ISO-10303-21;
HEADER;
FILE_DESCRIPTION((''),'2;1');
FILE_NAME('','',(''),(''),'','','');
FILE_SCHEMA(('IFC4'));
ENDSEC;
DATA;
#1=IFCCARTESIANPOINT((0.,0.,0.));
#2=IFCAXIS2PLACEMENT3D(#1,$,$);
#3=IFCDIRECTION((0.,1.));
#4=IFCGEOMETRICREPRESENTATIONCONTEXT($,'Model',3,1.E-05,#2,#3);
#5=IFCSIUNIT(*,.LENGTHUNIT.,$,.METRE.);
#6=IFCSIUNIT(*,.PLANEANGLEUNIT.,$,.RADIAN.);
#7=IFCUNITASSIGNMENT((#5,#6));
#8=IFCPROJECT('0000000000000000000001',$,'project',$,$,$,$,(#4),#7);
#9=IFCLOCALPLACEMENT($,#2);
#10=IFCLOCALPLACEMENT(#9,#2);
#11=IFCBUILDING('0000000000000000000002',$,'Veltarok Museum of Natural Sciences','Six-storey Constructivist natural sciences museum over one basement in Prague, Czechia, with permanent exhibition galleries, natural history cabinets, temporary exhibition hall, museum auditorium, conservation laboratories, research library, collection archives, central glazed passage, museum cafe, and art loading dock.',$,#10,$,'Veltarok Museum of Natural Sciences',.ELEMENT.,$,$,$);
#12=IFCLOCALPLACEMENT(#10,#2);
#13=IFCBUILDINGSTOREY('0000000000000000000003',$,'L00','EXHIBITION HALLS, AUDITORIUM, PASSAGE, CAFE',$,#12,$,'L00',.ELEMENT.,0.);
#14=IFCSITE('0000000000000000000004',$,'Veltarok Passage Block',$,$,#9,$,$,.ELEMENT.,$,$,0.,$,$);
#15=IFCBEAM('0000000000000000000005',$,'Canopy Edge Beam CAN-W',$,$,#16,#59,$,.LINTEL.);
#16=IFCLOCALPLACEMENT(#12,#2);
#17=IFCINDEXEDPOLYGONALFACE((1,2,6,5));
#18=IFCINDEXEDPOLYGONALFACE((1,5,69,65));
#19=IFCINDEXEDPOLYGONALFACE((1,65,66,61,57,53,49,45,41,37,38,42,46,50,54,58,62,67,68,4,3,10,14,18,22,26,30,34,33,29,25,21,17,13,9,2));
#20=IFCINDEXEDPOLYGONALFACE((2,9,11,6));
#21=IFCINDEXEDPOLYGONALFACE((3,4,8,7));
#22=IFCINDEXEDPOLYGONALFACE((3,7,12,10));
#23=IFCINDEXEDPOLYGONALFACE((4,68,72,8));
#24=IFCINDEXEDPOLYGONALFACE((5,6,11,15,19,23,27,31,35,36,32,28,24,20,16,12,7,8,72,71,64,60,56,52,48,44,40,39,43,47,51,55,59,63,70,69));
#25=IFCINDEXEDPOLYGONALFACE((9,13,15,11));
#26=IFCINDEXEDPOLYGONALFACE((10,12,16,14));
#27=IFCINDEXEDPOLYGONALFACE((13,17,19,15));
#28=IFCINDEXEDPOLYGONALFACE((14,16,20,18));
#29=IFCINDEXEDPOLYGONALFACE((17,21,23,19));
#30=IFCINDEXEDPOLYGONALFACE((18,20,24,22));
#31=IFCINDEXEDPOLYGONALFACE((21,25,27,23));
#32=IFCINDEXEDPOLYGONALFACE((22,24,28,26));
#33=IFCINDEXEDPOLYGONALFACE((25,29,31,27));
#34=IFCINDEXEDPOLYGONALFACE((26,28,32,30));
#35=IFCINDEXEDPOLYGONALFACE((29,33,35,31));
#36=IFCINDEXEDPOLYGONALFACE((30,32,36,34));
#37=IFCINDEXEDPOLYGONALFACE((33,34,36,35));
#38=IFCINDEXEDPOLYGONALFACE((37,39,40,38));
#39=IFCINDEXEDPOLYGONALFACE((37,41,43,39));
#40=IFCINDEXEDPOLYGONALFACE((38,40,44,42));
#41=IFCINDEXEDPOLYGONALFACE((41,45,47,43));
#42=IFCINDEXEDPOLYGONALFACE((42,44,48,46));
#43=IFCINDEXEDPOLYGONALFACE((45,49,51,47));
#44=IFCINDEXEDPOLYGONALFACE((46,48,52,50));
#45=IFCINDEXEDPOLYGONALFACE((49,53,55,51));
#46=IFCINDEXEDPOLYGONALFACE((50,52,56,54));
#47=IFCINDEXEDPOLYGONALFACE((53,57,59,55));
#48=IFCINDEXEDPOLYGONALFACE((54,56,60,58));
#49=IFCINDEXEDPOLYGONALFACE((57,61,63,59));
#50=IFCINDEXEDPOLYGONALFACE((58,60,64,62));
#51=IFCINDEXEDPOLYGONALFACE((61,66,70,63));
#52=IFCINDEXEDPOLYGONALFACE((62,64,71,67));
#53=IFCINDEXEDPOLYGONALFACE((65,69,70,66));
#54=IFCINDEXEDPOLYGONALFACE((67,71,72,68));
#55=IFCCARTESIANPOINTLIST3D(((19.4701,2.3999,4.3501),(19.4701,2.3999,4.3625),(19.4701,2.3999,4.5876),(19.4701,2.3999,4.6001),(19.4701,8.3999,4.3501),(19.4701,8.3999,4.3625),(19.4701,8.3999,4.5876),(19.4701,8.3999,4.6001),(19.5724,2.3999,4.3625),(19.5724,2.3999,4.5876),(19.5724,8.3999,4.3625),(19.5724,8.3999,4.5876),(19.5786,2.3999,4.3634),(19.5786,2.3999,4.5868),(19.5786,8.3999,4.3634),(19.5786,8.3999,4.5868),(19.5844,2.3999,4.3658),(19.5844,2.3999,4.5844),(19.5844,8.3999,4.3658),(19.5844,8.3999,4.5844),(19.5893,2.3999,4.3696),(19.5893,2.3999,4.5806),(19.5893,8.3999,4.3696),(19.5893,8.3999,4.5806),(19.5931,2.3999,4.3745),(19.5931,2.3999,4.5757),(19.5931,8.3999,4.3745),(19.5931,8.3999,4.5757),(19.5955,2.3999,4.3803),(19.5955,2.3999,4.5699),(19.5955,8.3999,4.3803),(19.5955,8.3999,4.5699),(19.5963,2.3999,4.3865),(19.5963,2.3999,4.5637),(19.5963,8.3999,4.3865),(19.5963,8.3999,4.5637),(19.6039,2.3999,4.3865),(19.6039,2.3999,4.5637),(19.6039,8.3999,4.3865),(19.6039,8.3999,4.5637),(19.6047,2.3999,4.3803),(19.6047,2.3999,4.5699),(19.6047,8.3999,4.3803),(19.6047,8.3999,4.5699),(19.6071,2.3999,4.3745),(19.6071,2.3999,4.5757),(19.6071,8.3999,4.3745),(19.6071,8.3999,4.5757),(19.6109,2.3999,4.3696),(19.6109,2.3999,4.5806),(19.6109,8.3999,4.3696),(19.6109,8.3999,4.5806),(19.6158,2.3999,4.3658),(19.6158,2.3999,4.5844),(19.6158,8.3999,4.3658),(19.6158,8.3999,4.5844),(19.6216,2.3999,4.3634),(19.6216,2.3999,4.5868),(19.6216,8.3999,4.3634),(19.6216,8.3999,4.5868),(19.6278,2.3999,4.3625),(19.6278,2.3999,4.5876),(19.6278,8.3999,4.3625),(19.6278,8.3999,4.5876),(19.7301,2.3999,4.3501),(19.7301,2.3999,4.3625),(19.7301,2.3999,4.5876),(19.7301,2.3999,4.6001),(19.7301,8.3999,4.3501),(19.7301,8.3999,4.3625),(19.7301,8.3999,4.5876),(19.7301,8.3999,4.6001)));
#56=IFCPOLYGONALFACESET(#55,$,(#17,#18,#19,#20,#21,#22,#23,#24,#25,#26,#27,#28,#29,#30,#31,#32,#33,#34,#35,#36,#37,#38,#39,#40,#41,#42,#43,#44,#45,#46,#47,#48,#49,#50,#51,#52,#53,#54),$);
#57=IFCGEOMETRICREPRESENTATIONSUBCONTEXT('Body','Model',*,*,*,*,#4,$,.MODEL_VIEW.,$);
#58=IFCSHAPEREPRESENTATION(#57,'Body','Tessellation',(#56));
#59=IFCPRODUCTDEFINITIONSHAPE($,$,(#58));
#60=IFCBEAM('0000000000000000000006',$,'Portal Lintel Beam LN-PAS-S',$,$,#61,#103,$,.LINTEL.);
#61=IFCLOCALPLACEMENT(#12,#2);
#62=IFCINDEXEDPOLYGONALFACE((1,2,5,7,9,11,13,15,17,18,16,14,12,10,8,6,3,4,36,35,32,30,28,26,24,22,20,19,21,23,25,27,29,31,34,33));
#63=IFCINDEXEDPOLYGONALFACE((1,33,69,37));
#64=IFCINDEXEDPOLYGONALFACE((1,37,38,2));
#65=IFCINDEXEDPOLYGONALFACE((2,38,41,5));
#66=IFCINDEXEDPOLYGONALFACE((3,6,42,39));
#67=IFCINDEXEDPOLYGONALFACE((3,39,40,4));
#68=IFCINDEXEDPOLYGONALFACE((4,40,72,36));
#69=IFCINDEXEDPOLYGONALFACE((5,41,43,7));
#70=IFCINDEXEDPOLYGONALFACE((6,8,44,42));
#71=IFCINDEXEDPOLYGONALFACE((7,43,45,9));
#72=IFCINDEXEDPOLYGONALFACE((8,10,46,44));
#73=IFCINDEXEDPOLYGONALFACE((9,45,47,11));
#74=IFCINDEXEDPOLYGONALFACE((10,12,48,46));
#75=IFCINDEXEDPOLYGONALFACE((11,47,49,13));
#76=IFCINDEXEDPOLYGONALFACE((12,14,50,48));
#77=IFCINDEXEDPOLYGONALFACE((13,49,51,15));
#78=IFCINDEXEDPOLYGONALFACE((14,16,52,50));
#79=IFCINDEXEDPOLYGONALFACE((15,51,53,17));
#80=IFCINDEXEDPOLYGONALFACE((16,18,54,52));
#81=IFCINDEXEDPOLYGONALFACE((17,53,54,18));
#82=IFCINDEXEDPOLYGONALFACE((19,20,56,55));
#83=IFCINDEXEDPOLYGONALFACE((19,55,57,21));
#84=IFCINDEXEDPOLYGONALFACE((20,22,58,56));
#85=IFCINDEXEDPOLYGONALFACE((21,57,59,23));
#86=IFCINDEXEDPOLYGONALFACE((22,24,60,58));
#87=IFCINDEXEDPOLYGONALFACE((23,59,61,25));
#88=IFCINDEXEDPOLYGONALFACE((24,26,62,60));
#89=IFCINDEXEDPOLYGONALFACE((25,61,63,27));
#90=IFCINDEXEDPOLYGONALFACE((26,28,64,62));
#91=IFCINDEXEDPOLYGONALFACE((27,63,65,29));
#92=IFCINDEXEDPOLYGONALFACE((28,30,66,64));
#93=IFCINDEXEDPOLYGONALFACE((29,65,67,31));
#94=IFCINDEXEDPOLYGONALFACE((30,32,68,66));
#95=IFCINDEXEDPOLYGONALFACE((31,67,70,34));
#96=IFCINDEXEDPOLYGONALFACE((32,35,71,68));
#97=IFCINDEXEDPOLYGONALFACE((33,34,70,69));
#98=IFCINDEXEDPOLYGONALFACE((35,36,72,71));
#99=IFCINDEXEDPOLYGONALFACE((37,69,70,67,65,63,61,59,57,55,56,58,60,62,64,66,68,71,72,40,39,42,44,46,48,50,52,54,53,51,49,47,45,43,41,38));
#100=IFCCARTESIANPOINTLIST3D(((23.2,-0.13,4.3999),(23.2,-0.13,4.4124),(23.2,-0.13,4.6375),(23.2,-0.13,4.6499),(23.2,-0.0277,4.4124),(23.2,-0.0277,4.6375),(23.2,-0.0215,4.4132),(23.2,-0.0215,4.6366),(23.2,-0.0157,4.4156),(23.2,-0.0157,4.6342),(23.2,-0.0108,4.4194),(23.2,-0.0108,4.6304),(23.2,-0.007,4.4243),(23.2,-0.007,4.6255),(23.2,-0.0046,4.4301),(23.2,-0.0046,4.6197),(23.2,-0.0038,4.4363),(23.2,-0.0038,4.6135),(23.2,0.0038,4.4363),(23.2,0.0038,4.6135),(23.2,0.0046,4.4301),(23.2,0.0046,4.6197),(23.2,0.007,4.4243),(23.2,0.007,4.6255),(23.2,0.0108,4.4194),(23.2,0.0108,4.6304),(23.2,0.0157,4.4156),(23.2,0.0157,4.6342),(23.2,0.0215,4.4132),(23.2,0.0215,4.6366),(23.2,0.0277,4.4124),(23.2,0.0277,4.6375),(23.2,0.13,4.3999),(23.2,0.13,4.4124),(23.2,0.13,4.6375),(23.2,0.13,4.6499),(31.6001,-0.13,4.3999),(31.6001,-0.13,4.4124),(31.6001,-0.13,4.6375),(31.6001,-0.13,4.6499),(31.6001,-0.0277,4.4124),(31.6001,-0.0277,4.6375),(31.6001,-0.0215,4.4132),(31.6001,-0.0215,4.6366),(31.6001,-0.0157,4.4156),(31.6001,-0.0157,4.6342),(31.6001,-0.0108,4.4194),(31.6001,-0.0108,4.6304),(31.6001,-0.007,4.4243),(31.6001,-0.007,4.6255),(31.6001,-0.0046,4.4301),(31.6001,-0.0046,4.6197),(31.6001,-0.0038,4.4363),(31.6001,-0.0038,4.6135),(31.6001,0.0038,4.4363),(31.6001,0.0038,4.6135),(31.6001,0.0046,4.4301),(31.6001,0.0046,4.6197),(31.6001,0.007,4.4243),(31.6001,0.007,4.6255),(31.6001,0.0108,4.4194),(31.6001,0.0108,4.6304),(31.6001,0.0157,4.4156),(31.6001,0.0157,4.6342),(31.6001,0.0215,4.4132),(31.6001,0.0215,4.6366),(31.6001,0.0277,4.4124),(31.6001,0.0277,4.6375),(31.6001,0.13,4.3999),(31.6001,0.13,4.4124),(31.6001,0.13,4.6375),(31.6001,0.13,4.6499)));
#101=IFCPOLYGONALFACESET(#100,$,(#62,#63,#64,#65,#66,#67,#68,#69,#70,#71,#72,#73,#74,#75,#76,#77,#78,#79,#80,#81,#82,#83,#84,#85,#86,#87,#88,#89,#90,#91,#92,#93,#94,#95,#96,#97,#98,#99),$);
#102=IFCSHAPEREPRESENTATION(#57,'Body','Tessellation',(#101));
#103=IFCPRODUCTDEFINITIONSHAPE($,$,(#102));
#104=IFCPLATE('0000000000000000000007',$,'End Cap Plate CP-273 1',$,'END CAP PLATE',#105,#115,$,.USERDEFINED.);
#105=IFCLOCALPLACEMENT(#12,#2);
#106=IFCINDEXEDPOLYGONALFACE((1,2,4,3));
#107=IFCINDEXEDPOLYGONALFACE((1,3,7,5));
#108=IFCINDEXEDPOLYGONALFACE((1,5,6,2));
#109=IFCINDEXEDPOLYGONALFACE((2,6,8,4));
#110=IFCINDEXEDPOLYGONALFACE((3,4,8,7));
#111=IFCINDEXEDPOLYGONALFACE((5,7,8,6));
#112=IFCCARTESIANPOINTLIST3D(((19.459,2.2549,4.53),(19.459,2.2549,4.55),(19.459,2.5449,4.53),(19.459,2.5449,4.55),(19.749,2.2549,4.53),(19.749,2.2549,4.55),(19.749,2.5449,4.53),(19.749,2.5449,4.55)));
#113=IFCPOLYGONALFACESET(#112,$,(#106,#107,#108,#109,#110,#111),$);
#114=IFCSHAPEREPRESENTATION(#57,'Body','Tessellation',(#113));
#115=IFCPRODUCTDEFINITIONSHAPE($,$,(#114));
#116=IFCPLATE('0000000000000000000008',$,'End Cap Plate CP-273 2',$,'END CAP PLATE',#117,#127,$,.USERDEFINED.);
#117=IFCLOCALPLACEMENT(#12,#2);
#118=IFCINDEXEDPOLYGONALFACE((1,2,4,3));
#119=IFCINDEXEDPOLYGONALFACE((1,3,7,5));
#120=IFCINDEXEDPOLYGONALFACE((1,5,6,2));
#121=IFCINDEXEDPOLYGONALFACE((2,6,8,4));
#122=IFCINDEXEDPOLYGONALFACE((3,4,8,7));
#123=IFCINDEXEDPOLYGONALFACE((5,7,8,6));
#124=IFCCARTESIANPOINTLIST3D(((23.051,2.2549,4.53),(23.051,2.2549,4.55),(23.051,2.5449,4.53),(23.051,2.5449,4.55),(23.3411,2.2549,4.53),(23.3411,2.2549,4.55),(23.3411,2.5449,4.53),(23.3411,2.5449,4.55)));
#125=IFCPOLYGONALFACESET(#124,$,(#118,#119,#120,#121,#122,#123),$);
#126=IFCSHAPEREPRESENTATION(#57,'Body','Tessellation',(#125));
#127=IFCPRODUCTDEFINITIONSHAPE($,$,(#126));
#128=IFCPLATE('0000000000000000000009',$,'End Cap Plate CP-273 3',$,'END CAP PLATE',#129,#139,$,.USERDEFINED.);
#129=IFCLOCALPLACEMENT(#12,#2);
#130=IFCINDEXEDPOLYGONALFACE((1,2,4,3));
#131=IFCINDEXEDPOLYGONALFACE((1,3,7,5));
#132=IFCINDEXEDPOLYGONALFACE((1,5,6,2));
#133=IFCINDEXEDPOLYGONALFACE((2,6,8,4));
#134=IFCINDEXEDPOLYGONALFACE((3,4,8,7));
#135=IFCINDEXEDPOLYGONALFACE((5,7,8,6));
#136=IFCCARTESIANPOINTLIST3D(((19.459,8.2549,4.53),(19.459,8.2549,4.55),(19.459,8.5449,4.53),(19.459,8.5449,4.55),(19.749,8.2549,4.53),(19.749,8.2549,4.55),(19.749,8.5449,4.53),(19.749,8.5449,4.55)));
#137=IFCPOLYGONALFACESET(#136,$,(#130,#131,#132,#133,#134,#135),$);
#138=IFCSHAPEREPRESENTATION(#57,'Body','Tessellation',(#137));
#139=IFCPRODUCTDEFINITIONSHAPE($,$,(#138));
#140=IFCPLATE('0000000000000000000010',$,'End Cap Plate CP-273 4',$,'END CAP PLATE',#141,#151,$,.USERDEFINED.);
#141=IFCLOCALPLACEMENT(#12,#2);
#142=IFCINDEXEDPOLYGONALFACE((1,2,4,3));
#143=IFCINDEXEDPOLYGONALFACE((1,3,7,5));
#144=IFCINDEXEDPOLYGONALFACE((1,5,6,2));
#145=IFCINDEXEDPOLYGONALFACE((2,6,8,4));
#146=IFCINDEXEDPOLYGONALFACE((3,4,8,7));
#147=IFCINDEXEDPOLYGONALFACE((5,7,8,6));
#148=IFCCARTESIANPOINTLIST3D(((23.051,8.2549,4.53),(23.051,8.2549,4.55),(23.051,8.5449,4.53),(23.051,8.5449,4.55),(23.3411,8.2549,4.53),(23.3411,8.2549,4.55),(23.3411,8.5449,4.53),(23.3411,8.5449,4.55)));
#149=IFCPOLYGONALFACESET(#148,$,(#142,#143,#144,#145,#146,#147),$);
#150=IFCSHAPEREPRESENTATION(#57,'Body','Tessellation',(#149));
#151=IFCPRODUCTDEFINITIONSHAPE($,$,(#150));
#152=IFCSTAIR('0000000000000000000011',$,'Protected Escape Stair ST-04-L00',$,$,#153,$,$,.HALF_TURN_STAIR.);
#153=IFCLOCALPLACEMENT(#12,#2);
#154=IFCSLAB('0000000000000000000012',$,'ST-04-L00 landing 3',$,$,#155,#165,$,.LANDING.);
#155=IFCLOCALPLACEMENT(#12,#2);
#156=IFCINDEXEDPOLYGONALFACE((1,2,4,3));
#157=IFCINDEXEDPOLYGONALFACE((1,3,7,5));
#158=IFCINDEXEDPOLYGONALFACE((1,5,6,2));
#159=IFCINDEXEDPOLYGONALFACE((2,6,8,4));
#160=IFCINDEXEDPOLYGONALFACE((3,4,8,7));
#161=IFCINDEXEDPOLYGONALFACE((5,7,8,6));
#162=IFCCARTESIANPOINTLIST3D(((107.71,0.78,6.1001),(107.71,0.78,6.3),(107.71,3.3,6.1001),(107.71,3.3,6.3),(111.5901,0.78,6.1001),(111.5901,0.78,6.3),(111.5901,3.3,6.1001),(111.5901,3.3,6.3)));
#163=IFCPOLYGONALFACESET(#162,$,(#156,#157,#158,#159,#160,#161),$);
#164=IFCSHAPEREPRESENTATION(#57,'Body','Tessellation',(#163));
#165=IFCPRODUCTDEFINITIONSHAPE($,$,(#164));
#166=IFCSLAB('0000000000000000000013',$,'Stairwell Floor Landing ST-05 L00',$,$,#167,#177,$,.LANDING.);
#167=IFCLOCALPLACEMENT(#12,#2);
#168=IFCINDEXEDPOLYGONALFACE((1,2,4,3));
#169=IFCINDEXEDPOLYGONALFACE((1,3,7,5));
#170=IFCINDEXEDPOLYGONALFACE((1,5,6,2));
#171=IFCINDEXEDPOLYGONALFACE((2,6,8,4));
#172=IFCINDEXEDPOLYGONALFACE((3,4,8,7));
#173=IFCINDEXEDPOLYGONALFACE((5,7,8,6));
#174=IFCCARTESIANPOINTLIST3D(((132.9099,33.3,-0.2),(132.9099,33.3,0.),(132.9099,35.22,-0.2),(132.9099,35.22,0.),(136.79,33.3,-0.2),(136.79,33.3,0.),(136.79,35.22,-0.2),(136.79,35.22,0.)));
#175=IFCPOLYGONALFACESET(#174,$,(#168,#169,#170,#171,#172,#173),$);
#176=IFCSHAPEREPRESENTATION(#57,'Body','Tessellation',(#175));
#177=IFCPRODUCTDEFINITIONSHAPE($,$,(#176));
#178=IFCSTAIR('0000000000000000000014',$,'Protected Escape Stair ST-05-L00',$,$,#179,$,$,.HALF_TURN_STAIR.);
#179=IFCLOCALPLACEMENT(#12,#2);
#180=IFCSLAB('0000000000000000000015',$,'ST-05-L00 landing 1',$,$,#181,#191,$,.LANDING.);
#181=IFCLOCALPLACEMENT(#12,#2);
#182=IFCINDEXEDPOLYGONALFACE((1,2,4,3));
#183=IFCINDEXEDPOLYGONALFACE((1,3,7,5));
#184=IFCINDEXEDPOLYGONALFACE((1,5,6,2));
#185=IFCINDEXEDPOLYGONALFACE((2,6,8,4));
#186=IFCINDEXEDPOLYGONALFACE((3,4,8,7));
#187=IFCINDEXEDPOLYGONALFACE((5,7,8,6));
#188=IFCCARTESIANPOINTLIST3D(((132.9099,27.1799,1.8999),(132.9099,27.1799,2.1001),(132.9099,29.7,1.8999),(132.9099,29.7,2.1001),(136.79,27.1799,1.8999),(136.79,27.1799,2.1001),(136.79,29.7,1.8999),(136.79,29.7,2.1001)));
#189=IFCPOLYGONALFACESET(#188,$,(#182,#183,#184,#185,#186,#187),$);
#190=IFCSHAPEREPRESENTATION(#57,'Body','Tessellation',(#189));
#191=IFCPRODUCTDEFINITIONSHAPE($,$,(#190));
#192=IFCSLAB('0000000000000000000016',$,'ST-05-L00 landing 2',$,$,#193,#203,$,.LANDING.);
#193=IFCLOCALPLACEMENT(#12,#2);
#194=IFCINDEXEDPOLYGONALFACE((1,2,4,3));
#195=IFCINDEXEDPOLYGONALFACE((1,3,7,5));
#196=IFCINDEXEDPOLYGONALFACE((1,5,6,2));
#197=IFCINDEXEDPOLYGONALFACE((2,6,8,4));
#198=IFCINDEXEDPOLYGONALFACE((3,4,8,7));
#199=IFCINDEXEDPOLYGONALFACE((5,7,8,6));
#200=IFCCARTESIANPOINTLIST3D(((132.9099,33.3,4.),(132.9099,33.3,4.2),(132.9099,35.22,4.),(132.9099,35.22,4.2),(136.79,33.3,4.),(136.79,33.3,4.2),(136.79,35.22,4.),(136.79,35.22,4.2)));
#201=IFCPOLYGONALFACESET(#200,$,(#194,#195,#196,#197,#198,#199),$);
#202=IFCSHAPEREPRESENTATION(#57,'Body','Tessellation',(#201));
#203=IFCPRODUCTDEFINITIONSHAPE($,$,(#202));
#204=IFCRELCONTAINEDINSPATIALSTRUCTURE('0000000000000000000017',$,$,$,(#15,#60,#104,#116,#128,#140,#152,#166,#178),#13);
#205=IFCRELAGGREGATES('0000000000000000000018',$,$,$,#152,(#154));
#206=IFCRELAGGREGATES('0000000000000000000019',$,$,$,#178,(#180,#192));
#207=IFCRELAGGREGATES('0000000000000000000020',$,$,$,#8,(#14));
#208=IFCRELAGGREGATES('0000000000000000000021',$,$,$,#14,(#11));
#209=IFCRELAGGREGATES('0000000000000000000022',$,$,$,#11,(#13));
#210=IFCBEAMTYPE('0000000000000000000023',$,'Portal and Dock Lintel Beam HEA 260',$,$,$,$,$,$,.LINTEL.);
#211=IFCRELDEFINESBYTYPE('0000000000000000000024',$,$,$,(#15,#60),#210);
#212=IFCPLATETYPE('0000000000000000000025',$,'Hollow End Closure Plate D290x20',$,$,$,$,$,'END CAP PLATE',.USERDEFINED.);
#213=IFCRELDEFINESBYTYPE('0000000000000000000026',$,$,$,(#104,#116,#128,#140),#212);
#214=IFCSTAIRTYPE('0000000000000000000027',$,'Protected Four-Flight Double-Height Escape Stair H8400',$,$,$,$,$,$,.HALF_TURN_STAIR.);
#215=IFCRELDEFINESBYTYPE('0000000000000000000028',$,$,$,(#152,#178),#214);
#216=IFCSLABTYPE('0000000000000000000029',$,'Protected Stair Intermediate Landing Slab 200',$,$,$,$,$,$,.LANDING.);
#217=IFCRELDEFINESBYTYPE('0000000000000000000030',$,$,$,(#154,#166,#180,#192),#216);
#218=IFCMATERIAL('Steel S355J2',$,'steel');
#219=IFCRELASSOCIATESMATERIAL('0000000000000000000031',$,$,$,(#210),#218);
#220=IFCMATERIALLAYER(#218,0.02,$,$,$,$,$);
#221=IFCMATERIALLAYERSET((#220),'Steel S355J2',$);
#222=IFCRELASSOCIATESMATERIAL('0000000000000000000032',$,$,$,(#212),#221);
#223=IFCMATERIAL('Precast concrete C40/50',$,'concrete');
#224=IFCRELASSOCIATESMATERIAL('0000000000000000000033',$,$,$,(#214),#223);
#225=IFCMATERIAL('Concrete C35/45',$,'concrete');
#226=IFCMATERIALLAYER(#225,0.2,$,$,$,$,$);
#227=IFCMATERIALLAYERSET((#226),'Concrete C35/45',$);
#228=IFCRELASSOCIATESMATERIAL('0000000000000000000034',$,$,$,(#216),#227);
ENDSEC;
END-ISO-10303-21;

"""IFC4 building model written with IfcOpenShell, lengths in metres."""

from ifc_helpers import new_model, si_unit, direction, frame, origin, origin_2d, place, context, subcontext, project, spatial, polyline, rectangle, i_section, outline, extrude, material, layer, layer_set, material_profile, profile_set, type_object, element, aggregate, save


model = new_model("IFC4")

# Units and contexts
model_context = context("Model", 3, precision=1e-05, world=origin(), true_north=direction((0.0, 1.0)))
body_context = subcontext(model_context, "Body", "Model", "MODEL_VIEW")
ifc_project = project(units=[si_unit("LENGTHUNIT", "METRE"), si_unit("PLANEANGLEUNIT", "RADIAN")], contexts=[model_context])

# Site, building, storey
site_placement = place(None, origin())
site = spatial("IfcSite", under=ifc_project, at=site_placement, Name="Veltarok Passage Block", CompositionType="ELEMENT", RefElevation=0.0)
building_placement = place(site_placement, origin())
building = spatial("IfcBuilding", under=site, at=building_placement, Name="Veltarok Museum of Natural Sciences", Description="Six-storey Constructivist natural sciences museum over one basement in Prague, Czechia, with permanent exhibition galleries, natural history cabinets, temporary exhibition hall, museum auditorium, conservation laboratories, research library, collection archives, central glazed passage, museum cafe, and art loading dock.", LongName="Veltarok Museum of Natural Sciences", CompositionType="ELEMENT")
storey_placement = place(building_placement, origin())
storey = spatial("IfcBuildingStorey", under=building, at=storey_placement, Name="L00", Description="EXHIBITION HALLS, AUDITORIUM, PASSAGE, CAFE", LongName="L00", CompositionType="ELEMENT", Elevation=0.0)

# Shared definitions
ifc_material_1 = material(Name="Steel S355J2", Category="steel")

# Beams
ifc_material_profile_1 = material_profile(ifc_material_1, i_section(OverallWidth=0.26, OverallDepth=0.25, WebThickness=0.0076, FlangeThickness=0.0125, FilletRadius=0.0239, at=origin_2d()), Name="HEA 260")
ifc_profile_set_1 = profile_set([ifc_material_profile_1], Name="Steel S355J2")
beam_type_1 = type_object("IfcBeamType", Name="Portal and Dock Lintel Beam HEA 260", PredefinedType="LINTEL", material=ifc_profile_set_1)
beam_1_placement = place(storey_placement, frame((19.6001, 2.3999, 4.4751), z_axis=(0.0, 1.0, 0.0), x_axis=(-1.0, 0.0, 0.0)))
element("IfcBeam", 1, at=beam_1_placement, inside=storey, type_object=beam_type_1, Name="Canopy Edge Beam CAN-W", PredefinedType="LINTEL", context=body_context, shape_type="SweptSolid", body=[
    extrude(i_section(OverallWidth=0.26, OverallDepth=0.25, WebThickness=0.0076, FlangeThickness=0.0125, FilletRadius=0.0239, at=origin_2d()), origin(), (0.0, 0.0, 1.0), 6.0),
])
beam_2_placement = place(storey_placement, frame((23.2, 0.0, 4.5249), z_axis=(1.0, 0.0, 0.0), x_axis=(0.0, 1.0, 0.0)))
element("IfcBeam", 2, at=beam_2_placement, inside=storey, type_object=beam_type_1, Name="Portal Lintel Beam LN-PAS-S", PredefinedType="LINTEL", context=body_context, shape_type="SweptSolid", body=[
    extrude(i_section(OverallWidth=0.26, OverallDepth=0.25, WebThickness=0.0076, FlangeThickness=0.0125, FilletRadius=0.0239, at=origin_2d()), origin(), (0.0, 0.0, 1.0), 8.4001),
])

# Plates
ifc_layer_1 = layer(ifc_material_1, 0.02)
ifc_layer_set_1 = layer_set([ifc_layer_1], Name="Steel S355J2")
plate_type = type_object("IfcPlateType", Name="Hollow End Closure Plate D290x20", ElementType="END CAP PLATE", PredefinedType="USERDEFINED", material=ifc_layer_set_1)
for number, where, z_axis, x_axis, name in (
    (3, (19.604, 2.3999, 4.53), (0.0, 0.0, 1.0), (1.0, 0.0, 0.0), "End Cap Plate CP-273 1"),
    (4, (23.196, 2.3999, 4.53), (0.0, 0.0, 1.0), (1.0, 0.0, 0.0), "End Cap Plate CP-273 2"),
    (5, (19.604, 8.3999, 4.53), (0.0, 0.0, 1.0), (1.0, 0.0, 0.0), "End Cap Plate CP-273 3"),
    (6, (23.196, 8.3999, 4.53), (0.0, 0.0, 1.0), (1.0, 0.0, 0.0), "End Cap Plate CP-273 4"),
):
    element("IfcPlate", number, at=place(storey_placement, frame(where, z_axis=z_axis, x_axis=x_axis)), inside=storey, type_object=plate_type, Name=name, ObjectType="END CAP PLATE", PredefinedType="USERDEFINED", context=body_context, shape_type="SweptSolid", body=[
        extrude(rectangle(XDim=0.29, YDim=0.29, at=origin_2d()), origin(), (0.0, 0.0, 1.0), 0.02),
    ])

# Stair, slab
ifc_material_2 = material(Name="Precast concrete C40/50", Category="concrete")
stair_type_1 = type_object("IfcStairType", Name="Protected Four-Flight Double-Height Escape Stair H8400", PredefinedType="HALF_TURN_STAIR", material=ifc_material_2)
stair_1_placement = place(storey_placement, origin())
stair_1 = element("IfcStair", 7, at=stair_1_placement, inside=storey, type_object=stair_type_1, Name="Protected Escape Stair ST-04-L00", PredefinedType="HALF_TURN_STAIR")
ifc_material_3 = material(Name="Concrete C35/45", Category="concrete")
ifc_layer_2 = layer(ifc_material_3, 0.2)
ifc_layer_set_2 = layer_set([ifc_layer_2], Name="Concrete C35/45")
slab_type = type_object("IfcSlabType", Name="Protected Stair Intermediate Landing Slab 200", PredefinedType="LANDING", material=ifc_layer_set_2)
slab_1_placement = place(storey_placement, frame((0.0, 0.0, 6.1001)))
slab_1 = element("IfcSlab", 8, at=slab_1_placement, type_object=slab_type, Name="ST-04-L00 landing 3", PredefinedType="LANDING", context=body_context, shape_type="SweptSolid", body=[
    extrude(outline(polyline([(107.71, 0.78), (111.5901, 0.78), (111.5901, 3.3), (107.71, 3.3), (107.71, 0.78)])), origin(), (0.0, 0.0, 1.0), 0.2),
])
aggregate(stair_1, [slab_1])

# Slab
slab_2_placement = place(storey_placement, frame((0.0, 0.0, -0.2)))
element("IfcSlab", 9, at=slab_2_placement, inside=storey, type_object=slab_type, Name="Stairwell Floor Landing ST-05 L00", PredefinedType="LANDING", context=body_context, shape_type="SweptSolid", body=[
    extrude(outline(polyline([(132.9099, 33.3), (136.79, 33.3), (136.79, 35.22), (132.9099, 35.22), (132.9099, 33.3)])), origin(), (0.0, 0.0, 1.0), 0.2),
])

# Stair, slabs
stair_2_placement = place(storey_placement, origin())
stair_2 = element("IfcStair", 10, at=stair_2_placement, inside=storey, type_object=stair_type_1, Name="Protected Escape Stair ST-05-L00", PredefinedType="HALF_TURN_STAIR")
slab_3_placement = place(storey_placement, frame((0.0, 0.0, 1.8999)))
slab_3 = element("IfcSlab", 11, at=slab_3_placement, type_object=slab_type, Name="ST-05-L00 landing 1", PredefinedType="LANDING", context=body_context, shape_type="SweptSolid", body=[
    extrude(outline(polyline([(132.9099, 27.1799), (136.79, 27.1799), (136.79, 29.7), (132.9099, 29.7), (132.9099, 27.1799)])), origin(), (0.0, 0.0, 1.0), 0.2002),
])
slab_4_placement = place(storey_placement, frame((0.0, 0.0, 4.0)))
slab_4 = element("IfcSlab", 12, at=slab_4_placement, type_object=slab_type, Name="ST-05-L00 landing 2", PredefinedType="LANDING", context=body_context, shape_type="SweptSolid", body=[
    extrude(outline(polyline([(132.9099, 33.3), (136.79, 33.3), (136.79, 35.22), (132.9099, 35.22), (132.9099, 33.3)])), origin(), (0.0, 0.0, 1.0), 0.2),
])
aggregate(stair_2, [slab_3, slab_4])

save(model, "model.ifc")
